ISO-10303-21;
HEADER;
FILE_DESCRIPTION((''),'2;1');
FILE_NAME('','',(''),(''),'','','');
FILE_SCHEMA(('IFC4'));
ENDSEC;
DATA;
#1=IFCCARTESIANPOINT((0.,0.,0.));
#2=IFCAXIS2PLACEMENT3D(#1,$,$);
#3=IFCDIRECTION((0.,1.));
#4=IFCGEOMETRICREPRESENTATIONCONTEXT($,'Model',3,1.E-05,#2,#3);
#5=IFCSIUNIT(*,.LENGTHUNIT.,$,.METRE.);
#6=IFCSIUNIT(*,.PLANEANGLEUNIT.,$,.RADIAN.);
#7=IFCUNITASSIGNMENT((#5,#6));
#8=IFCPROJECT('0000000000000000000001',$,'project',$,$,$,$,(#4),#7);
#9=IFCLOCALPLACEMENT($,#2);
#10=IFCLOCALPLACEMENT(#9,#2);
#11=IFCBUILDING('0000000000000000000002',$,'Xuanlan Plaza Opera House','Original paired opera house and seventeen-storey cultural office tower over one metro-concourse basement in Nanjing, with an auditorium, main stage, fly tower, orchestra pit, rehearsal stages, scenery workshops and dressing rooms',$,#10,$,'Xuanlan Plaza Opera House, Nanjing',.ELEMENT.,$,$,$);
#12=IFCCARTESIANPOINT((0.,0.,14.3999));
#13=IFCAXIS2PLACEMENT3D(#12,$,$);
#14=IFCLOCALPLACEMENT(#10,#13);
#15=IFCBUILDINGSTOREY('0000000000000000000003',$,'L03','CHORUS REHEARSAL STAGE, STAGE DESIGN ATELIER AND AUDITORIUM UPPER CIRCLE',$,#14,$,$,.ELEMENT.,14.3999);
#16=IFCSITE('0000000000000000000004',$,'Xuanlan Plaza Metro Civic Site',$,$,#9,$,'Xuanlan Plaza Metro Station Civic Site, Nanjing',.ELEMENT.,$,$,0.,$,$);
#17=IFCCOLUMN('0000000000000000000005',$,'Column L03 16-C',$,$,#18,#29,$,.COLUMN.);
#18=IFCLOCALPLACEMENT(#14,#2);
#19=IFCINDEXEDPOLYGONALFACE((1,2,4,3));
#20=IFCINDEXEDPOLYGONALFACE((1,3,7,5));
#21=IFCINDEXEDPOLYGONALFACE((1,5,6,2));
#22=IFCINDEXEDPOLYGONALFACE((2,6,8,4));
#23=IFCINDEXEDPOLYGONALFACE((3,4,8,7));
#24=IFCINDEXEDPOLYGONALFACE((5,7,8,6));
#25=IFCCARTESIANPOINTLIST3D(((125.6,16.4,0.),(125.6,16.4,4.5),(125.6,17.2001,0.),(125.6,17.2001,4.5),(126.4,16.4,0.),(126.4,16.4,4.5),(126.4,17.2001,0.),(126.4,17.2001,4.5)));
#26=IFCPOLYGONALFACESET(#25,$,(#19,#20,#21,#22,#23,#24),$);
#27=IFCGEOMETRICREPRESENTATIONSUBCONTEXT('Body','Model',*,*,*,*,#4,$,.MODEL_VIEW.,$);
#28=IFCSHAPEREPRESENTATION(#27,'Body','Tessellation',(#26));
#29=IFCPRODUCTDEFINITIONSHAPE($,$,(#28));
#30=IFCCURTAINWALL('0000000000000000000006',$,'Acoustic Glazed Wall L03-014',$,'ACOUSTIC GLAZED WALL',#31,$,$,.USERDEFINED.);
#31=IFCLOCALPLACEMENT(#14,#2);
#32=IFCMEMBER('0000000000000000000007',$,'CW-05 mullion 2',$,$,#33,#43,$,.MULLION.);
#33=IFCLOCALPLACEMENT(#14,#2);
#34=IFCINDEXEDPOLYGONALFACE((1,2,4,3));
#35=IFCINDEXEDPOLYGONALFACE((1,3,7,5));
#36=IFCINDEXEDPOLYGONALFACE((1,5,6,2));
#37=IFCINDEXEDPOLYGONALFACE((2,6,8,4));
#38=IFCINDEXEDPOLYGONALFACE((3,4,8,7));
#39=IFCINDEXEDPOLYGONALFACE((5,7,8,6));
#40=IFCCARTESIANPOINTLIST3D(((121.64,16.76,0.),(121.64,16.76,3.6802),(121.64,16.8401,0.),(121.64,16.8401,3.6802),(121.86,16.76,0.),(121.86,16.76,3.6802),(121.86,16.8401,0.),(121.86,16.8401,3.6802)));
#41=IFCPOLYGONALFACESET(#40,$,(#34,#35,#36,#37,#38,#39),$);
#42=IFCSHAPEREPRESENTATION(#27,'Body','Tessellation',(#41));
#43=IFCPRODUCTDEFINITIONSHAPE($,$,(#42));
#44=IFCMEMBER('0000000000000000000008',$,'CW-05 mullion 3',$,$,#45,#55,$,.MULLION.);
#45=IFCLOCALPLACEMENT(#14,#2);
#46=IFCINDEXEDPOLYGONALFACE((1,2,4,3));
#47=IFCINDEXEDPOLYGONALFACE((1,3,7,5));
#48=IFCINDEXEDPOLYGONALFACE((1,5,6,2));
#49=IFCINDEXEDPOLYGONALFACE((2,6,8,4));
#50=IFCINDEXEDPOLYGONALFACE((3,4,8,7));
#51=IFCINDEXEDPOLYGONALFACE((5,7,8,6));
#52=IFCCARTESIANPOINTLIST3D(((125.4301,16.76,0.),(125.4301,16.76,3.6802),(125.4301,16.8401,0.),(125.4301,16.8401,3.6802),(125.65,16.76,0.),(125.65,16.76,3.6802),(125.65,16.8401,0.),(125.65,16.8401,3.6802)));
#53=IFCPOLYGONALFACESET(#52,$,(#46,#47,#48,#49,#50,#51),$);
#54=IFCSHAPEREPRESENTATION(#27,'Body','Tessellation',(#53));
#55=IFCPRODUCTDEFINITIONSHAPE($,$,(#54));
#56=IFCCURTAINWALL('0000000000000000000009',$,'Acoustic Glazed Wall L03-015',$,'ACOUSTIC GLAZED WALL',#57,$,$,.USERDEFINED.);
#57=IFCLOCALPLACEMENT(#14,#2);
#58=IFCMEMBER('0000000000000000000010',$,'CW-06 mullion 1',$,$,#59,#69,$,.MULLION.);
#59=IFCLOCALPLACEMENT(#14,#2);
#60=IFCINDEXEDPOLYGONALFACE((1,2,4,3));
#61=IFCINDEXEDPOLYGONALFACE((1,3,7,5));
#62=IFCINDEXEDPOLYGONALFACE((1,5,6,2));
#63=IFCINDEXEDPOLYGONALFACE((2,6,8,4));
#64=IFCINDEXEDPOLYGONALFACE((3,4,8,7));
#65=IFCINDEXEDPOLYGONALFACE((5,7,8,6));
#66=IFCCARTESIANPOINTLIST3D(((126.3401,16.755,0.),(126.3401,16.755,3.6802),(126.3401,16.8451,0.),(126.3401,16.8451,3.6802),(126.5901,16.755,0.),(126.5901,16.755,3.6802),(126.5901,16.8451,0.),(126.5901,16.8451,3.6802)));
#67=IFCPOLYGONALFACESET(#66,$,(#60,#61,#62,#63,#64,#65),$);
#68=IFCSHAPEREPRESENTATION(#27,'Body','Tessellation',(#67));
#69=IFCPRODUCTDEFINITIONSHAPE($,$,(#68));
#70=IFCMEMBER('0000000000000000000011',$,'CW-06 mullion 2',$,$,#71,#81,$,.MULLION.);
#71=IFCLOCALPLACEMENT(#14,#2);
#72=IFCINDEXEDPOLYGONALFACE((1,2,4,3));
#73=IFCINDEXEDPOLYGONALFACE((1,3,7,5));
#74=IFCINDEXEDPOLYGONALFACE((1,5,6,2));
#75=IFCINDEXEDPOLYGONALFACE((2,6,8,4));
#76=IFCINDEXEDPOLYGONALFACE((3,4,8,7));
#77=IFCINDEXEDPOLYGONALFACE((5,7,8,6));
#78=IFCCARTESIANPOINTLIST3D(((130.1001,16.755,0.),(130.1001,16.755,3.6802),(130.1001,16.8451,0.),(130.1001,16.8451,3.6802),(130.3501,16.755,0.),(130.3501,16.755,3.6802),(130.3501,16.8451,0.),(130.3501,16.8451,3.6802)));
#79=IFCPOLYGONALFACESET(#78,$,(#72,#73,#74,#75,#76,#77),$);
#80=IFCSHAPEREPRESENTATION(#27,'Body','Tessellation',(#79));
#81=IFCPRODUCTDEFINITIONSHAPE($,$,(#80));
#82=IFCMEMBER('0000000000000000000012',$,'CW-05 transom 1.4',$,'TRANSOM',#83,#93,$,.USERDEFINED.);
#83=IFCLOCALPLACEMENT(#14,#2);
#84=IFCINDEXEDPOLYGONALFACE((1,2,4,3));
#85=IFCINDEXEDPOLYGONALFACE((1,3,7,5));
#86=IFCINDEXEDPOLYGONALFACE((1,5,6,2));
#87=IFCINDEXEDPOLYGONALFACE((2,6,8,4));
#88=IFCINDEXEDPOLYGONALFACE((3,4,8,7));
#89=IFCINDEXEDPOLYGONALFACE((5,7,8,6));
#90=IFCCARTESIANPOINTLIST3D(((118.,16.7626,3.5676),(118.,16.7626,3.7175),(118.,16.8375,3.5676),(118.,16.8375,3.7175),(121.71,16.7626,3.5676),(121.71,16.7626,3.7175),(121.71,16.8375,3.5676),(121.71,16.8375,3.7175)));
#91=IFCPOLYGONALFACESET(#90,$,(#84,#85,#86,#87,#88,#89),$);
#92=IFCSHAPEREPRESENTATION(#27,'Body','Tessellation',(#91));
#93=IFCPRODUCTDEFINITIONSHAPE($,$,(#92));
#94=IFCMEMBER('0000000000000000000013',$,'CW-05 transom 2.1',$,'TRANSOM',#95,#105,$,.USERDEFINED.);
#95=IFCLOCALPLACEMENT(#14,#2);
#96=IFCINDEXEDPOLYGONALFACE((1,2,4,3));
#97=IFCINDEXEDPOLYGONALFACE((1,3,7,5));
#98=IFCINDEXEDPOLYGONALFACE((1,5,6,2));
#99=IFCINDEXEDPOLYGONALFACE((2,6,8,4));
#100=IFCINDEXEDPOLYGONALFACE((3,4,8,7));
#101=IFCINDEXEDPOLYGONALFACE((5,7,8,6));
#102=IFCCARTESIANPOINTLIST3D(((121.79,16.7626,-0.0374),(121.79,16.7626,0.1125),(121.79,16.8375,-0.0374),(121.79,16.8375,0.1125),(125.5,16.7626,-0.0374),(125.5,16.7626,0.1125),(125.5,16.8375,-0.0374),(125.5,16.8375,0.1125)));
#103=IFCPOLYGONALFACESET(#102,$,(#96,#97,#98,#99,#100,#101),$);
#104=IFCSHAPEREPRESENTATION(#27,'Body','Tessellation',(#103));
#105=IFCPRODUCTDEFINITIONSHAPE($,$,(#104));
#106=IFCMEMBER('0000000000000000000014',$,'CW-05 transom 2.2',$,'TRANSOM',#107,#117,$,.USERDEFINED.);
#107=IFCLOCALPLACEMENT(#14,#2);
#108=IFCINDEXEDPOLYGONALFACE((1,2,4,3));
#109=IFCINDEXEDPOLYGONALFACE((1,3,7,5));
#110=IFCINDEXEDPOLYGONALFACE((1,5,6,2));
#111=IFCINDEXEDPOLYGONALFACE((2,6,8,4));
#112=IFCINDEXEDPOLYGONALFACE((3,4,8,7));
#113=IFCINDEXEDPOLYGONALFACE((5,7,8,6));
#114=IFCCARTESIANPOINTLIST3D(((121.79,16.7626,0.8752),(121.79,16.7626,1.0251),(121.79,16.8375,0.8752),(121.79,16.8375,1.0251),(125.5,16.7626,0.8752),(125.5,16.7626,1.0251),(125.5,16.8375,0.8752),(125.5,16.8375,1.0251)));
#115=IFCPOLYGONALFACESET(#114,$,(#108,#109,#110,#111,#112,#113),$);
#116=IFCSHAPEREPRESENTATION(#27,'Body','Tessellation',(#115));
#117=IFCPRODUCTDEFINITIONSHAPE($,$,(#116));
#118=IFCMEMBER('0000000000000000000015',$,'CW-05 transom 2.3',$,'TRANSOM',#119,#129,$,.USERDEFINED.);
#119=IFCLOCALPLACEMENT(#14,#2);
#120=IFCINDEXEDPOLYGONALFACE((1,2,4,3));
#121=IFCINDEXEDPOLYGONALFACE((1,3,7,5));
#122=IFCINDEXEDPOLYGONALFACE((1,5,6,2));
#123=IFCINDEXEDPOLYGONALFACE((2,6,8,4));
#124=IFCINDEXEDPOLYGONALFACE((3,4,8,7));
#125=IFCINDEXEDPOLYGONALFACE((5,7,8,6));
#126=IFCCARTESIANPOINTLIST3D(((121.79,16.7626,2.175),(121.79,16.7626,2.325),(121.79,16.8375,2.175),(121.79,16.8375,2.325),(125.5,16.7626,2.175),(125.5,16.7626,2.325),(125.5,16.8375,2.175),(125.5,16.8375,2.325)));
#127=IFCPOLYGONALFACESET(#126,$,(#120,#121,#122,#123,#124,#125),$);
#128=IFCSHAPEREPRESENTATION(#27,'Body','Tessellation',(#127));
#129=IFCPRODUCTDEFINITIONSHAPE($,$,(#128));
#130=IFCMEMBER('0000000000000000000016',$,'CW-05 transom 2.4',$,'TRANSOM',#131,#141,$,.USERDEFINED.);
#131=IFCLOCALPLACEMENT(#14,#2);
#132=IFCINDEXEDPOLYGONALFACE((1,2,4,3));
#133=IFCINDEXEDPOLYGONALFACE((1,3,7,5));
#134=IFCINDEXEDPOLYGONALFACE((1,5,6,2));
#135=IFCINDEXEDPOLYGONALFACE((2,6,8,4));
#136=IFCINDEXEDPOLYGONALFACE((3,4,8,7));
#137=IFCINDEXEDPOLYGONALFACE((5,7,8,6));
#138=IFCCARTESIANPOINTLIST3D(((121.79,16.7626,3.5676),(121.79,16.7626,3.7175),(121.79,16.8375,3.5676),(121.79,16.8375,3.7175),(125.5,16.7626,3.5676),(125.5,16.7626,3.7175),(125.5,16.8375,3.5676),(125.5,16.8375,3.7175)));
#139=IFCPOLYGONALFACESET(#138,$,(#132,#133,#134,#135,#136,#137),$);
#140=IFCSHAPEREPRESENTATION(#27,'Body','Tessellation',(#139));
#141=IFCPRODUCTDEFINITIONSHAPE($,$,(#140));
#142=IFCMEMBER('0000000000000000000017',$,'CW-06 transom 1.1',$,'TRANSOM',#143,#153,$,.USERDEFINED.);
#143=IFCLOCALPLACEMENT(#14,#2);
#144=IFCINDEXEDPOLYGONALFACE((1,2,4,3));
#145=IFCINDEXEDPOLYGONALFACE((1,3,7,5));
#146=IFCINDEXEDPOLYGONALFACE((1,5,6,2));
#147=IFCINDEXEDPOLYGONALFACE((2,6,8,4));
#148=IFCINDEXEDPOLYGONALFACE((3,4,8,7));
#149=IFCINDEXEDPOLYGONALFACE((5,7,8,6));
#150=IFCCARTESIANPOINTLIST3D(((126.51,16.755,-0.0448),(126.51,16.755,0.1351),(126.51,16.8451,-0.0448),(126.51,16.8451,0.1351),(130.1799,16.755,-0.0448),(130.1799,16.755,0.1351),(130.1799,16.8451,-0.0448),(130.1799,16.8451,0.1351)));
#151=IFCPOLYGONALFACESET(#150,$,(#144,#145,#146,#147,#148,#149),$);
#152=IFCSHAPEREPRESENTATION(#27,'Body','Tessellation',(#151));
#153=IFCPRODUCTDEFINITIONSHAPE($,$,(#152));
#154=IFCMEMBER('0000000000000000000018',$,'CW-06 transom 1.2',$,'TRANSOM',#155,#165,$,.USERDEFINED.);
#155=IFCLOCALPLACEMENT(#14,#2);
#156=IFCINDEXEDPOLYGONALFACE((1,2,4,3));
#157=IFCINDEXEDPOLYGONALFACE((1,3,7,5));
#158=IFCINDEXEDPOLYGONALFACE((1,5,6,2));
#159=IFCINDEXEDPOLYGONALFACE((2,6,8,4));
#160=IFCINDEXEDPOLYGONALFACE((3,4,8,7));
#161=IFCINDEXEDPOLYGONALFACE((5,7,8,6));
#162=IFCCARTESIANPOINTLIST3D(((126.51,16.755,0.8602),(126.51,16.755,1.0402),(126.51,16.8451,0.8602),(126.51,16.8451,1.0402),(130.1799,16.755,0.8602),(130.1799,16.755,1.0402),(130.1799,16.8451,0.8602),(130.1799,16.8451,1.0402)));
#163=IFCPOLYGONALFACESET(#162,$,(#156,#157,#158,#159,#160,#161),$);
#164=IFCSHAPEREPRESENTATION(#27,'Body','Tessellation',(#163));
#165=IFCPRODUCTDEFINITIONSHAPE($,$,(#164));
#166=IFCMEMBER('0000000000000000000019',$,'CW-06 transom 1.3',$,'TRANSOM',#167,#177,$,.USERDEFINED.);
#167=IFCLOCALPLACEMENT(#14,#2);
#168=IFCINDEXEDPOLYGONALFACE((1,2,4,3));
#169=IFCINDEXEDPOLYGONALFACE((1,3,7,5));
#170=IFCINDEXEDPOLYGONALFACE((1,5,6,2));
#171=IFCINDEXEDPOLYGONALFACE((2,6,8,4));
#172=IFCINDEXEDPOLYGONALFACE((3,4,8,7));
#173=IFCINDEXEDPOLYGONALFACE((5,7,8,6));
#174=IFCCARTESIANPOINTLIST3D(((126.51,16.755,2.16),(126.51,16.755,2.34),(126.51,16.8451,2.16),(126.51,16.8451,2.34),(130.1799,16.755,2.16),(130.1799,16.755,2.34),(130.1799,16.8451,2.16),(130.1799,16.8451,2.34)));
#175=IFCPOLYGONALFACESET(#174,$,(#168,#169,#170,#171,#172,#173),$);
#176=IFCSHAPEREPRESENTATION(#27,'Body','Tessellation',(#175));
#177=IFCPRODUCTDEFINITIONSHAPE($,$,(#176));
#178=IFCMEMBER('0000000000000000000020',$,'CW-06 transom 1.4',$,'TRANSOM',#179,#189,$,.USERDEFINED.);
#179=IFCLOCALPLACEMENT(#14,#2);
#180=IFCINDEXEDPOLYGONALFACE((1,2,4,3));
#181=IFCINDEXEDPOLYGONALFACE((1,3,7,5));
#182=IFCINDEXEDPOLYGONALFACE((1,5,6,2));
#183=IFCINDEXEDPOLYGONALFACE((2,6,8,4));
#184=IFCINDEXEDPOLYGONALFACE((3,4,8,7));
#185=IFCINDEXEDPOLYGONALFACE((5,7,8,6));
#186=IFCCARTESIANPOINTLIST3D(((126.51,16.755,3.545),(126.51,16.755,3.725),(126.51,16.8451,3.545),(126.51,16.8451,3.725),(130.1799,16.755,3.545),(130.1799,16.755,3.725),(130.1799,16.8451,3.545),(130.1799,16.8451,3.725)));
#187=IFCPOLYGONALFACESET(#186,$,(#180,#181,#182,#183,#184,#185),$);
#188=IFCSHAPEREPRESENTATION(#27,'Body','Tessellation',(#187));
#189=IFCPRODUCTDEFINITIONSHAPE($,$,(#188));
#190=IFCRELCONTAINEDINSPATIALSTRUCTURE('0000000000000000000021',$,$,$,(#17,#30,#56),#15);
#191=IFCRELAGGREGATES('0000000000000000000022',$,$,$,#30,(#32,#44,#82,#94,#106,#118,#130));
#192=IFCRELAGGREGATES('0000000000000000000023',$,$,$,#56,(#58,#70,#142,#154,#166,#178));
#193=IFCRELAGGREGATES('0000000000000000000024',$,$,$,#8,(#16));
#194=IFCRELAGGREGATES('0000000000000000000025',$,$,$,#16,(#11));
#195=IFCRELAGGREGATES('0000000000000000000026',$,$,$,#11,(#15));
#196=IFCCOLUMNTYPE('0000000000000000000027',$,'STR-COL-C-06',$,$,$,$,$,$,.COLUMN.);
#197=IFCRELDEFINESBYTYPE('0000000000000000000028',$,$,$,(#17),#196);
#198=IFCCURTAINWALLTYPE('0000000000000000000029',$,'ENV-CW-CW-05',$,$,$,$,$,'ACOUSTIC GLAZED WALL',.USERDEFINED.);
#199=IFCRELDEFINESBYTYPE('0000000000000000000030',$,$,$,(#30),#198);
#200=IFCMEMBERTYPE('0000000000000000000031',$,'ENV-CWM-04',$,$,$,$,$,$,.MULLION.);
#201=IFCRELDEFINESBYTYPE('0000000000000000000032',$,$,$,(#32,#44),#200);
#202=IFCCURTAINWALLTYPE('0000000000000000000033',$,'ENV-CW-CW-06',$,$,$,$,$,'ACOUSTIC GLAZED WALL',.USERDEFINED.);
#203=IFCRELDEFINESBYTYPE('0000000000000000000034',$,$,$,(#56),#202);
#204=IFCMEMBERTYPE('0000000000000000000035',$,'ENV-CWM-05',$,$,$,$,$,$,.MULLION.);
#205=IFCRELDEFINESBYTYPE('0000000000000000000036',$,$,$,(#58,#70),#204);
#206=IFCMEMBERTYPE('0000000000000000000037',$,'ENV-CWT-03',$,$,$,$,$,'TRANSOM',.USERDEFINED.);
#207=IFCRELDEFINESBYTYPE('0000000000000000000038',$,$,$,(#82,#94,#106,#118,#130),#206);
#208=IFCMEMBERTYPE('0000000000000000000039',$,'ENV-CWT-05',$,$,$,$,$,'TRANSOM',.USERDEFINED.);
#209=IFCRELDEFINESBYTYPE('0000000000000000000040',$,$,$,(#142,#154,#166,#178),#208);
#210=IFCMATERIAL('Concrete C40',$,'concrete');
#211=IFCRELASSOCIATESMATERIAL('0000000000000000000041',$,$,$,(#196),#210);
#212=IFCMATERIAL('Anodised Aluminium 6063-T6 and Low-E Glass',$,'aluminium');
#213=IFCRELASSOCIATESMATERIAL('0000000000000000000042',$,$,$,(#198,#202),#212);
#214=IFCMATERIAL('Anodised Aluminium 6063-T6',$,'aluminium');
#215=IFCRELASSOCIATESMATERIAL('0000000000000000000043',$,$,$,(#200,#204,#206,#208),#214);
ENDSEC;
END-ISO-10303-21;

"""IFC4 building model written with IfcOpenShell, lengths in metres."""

from ifc_helpers import new_model, si_unit, direction, frame, origin, origin_2d, place, context, subcontext, project, spatial, rectangle, extrude, material, material_profile, profile_set, type_object, element, aggregate, save


model = new_model("IFC4")

# Units and contexts
model_context = context("Model", 3, precision=1e-05, world=origin(), true_north=direction((0.0, 1.0)))
body_context = subcontext(model_context, "Body", "Model", "MODEL_VIEW")
ifc_project = project(units=[si_unit("LENGTHUNIT", "METRE"), si_unit("PLANEANGLEUNIT", "RADIAN")], contexts=[model_context])

# Site, building, storey
site_placement = place(None, origin())
site = spatial("IfcSite", under=ifc_project, at=site_placement, Name="Xuanlan Plaza Metro Civic Site", LongName="Xuanlan Plaza Metro Station Civic Site, Nanjing", CompositionType="ELEMENT", RefElevation=0.0)
building_placement = place(site_placement, origin())
building = spatial("IfcBuilding", under=site, at=building_placement, Name="Xuanlan Plaza Opera House", Description="Original paired opera house and seventeen-storey cultural office tower over one metro-concourse basement in Nanjing, with an auditorium, main stage, fly tower, orchestra pit, rehearsal stages, scenery workshops and dressing rooms", LongName="Xuanlan Plaza Opera House, Nanjing", CompositionType="ELEMENT")
storey_placement = place(building_placement, frame((0.0, 0.0, 14.3999)))
storey = spatial("IfcBuildingStorey", under=building, at=storey_placement, Name="L03", Description="CHORUS REHEARSAL STAGE, STAGE DESIGN ATELIER AND AUDITORIUM UPPER CIRCLE", CompositionType="ELEMENT", Elevation=14.3999)

# Column
ifc_material_1 = material(Name="Concrete C40", Category="concrete")
ifc_material_profile_1 = material_profile(ifc_material_1, rectangle(XDim=0.8, YDim=0.8, at=origin_2d()), Name="RC-COL 800x800")
ifc_profile_set_1 = profile_set([ifc_material_profile_1], Name="Concrete C40")
column_type = type_object("IfcColumnType", Name="STR-COL-C-06", PredefinedType="COLUMN", material=ifc_profile_set_1)
column_placement = place(storey_placement, frame((126.0, 16.8, 0.0), z_axis=(0.0, 0.0, 1.0), x_axis=(1.0, 0.0, 0.0)))
element("IfcColumn", 1, at=column_placement, inside=storey, type_object=column_type, Name="Column L03 16-C", PredefinedType="COLUMN", context=body_context, shape_type="SweptSolid", body=[
    extrude(rectangle(XDim=0.8, YDim=0.8, at=origin_2d()), origin(), (0.0, 0.0, 1.0), 4.5),
])

# Curtain walls, members
ifc_material_2 = material(Name="Anodised Aluminium 6063-T6 and Low-E Glass", Category="aluminium")
curtain_wall_type_1 = type_object("IfcCurtainWallType", Name="ENV-CW-CW-05", ElementType="ACOUSTIC GLAZED WALL", PredefinedType="USERDEFINED", material=ifc_material_2)
curtain_wall_1_placement = place(storey_placement, origin())
curtain_wall_1 = element("IfcCurtainWall", 2, at=curtain_wall_1_placement, inside=storey, type_object=curtain_wall_type_1, Name="Acoustic Glazed Wall L03-014", ObjectType="ACOUSTIC GLAZED WALL", PredefinedType="USERDEFINED")
ifc_material_3 = material(Name="Anodised Aluminium 6063-T6", Category="aluminium")
ifc_material_profile_2 = material_profile(ifc_material_3, rectangle(XDim=0.0801, YDim=0.22, at=origin_2d()), Name="ALU-M 80x220")
ifc_profile_set_2 = profile_set([ifc_material_profile_2], Name="Anodised Aluminium 6063-T6")
member_type_1 = type_object("IfcMemberType", Name="ENV-CWM-04", PredefinedType="MULLION", material=ifc_profile_set_2)
member_1_placement = place(storey_placement, frame((121.75, 16.8, 0.0), z_axis=(0.0, 0.0, 1.0), x_axis=(0.0, 1.0, 0.0)))
member_1 = element("IfcMember", 3, at=member_1_placement, type_object=member_type_1, Name="CW-05 mullion 2", PredefinedType="MULLION", context=body_context, shape_type="SweptSolid", body=[
    extrude(rectangle(XDim=0.0801, YDim=0.22, at=origin_2d()), origin(), (0.0, 0.0, 1.0), 3.6802),
])
member_2_placement = place(storey_placement, frame((125.54, 16.8, 0.0), z_axis=(0.0, 0.0, 1.0), x_axis=(0.0, 1.0, 0.0)))
member_2 = element("IfcMember", 4, at=member_2_placement, type_object=member_type_1, Name="CW-05 mullion 3", PredefinedType="MULLION", context=body_context, shape_type="SweptSolid", body=[
    extrude(rectangle(XDim=0.0801, YDim=0.22, at=origin_2d()), origin(), (0.0, 0.0, 1.0), 3.6802),
])
curtain_wall_type_2 = type_object("IfcCurtainWallType", Name="ENV-CW-CW-06", ElementType="ACOUSTIC GLAZED WALL", PredefinedType="USERDEFINED", material=ifc_material_2)
curtain_wall_2_placement = place(storey_placement, origin())
curtain_wall_2 = element("IfcCurtainWall", 5, at=curtain_wall_2_placement, inside=storey, type_object=curtain_wall_type_2, Name="Acoustic Glazed Wall L03-015", ObjectType="ACOUSTIC GLAZED WALL", PredefinedType="USERDEFINED")
ifc_material_profile_3 = material_profile(ifc_material_3, rectangle(XDim=0.0901, YDim=0.25, at=origin_2d()), Name="ALU-M 90x250")
ifc_profile_set_3 = profile_set([ifc_material_profile_3], Name="Anodised Aluminium 6063-T6")
member_type_2 = type_object("IfcMemberType", Name="ENV-CWM-05", PredefinedType="MULLION", material=ifc_profile_set_3)
member_3_placement = place(storey_placement, frame((126.4651, 16.8, 0.0), z_axis=(0.0, 0.0, 1.0), x_axis=(0.0, 1.0, 0.0)))
member_3 = element("IfcMember", 6, at=member_3_placement, type_object=member_type_2, Name="CW-06 mullion 1", PredefinedType="MULLION", context=body_context, shape_type="SweptSolid", body=[
    extrude(rectangle(XDim=0.0901, YDim=0.25, at=origin_2d()), origin(), (0.0, 0.0, 1.0), 3.6802),
])
member_4_placement = place(storey_placement, frame((130.2251, 16.8, 0.0), z_axis=(0.0, 0.0, 1.0), x_axis=(0.0, 1.0, 0.0)))
member_4 = element("IfcMember", 7, at=member_4_placement, type_object=member_type_2, Name="CW-06 mullion 2", PredefinedType="MULLION", context=body_context, shape_type="SweptSolid", body=[
    extrude(rectangle(XDim=0.0901, YDim=0.25, at=origin_2d()), origin(), (0.0, 0.0, 1.0), 3.6802),
])

# Members
ifc_material_profile_4 = material_profile(ifc_material_3, rectangle(XDim=0.075, YDim=0.1499, at=origin_2d()), Name="ALU-T 75x150")
ifc_profile_set_4 = profile_set([ifc_material_profile_4], Name="Anodised Aluminium 6063-T6")
member_type_3 = type_object("IfcMemberType", Name="ENV-CWT-03", ElementType="TRANSOM", PredefinedType="USERDEFINED", material=ifc_profile_set_4)
member_5_placement = place(storey_placement, frame((118.0, 16.8, 3.6426), z_axis=(1.0, 0.0, 0.0), x_axis=(0.0, 1.0, 0.0)))
member_5 = element("IfcMember", 8, at=member_5_placement, type_object=member_type_3, Name="CW-05 transom 1.4", ObjectType="TRANSOM", PredefinedType="USERDEFINED", context=body_context, shape_type="SweptSolid", body=[
    extrude(rectangle(XDim=0.075, YDim=0.1499, at=origin_2d()), origin(), (0.0, 0.0, 1.0), 3.71),
])
member_6_placement = place(storey_placement, frame((121.79, 16.8, 0.0376), z_axis=(1.0, 0.0, 0.0), x_axis=(0.0, 1.0, 0.0)))
member_6 = element("IfcMember", 9, at=member_6_placement, type_object=member_type_3, Name="CW-05 transom 2.1", ObjectType="TRANSOM", PredefinedType="USERDEFINED", context=body_context, shape_type="SweptSolid", body=[
    extrude(rectangle(XDim=0.075, YDim=0.1499, at=origin_2d()), origin(), (0.0, 0.0, 1.0), 3.71),
])
member_7_placement = place(storey_placement, frame((121.79, 16.8, 0.9502), z_axis=(1.0, 0.0, 0.0), x_axis=(0.0, 1.0, 0.0)))
member_7 = element("IfcMember", 10, at=member_7_placement, type_object=member_type_3, Name="CW-05 transom 2.2", ObjectType="TRANSOM", PredefinedType="USERDEFINED", context=body_context, shape_type="SweptSolid", body=[
    extrude(rectangle(XDim=0.075, YDim=0.1499, at=origin_2d()), origin(), (0.0, 0.0, 1.0), 3.71),
])
member_8_placement = place(storey_placement, frame((121.79, 16.8, 2.25), z_axis=(1.0, 0.0, 0.0), x_axis=(0.0, 1.0, 0.0)))
member_8 = element("IfcMember", 11, at=member_8_placement, type_object=member_type_3, Name="CW-05 transom 2.3", ObjectType="TRANSOM", PredefinedType="USERDEFINED", context=body_context, shape_type="SweptSolid", body=[
    extrude(rectangle(XDim=0.075, YDim=0.1499, at=origin_2d()), origin(), (0.0, 0.0, 1.0), 3.71),
])
member_9_placement = place(storey_placement, frame((121.79, 16.8, 3.6426), z_axis=(1.0, 0.0, 0.0), x_axis=(0.0, 1.0, 0.0)))
member_9 = element("IfcMember", 12, at=member_9_placement, type_object=member_type_3, Name="CW-05 transom 2.4", ObjectType="TRANSOM", PredefinedType="USERDEFINED", context=body_context, shape_type="SweptSolid", body=[
    extrude(rectangle(XDim=0.075, YDim=0.1499, at=origin_2d()), origin(), (0.0, 0.0, 1.0), 3.71),
])
ifc_material_profile_5 = material_profile(ifc_material_3, rectangle(XDim=0.0901, YDim=0.1799, at=origin_2d()), Name="ALU-T 90x180")
ifc_profile_set_5 = profile_set([ifc_material_profile_5], Name="Anodised Aluminium 6063-T6")
member_type_4 = type_object("IfcMemberType", Name="ENV-CWT-05", ElementType="TRANSOM", PredefinedType="USERDEFINED", material=ifc_profile_set_5)
member_10_placement = place(storey_placement, frame((126.51, 16.8, 0.0452), z_axis=(1.0, 0.0, 0.0), x_axis=(0.0, 1.0, 0.0)))
member_10 = element("IfcMember", 13, at=member_10_placement, type_object=member_type_4, Name="CW-06 transom 1.1", ObjectType="TRANSOM", PredefinedType="USERDEFINED", context=body_context, shape_type="SweptSolid", body=[
    extrude(rectangle(XDim=0.0901, YDim=0.1799, at=origin_2d()), origin(), (0.0, 0.0, 1.0), 3.6699),
])
member_11_placement = place(storey_placement, frame((126.51, 16.8, 0.9502), z_axis=(1.0, 0.0, 0.0), x_axis=(0.0, 1.0, 0.0)))
member_11 = element("IfcMember", 14, at=member_11_placement, type_object=member_type_4, Name="CW-06 transom 1.2", ObjectType="TRANSOM", PredefinedType="USERDEFINED", context=body_context, shape_type="SweptSolid", body=[
    extrude(rectangle(XDim=0.0901, YDim=0.1799, at=origin_2d()), origin(), (0.0, 0.0, 1.0), 3.6699),
])
member_12_placement = place(storey_placement, frame((126.51, 16.8, 2.25), z_axis=(1.0, 0.0, 0.0), x_axis=(0.0, 1.0, 0.0)))
member_12 = element("IfcMember", 15, at=member_12_placement, type_object=member_type_4, Name="CW-06 transom 1.3", ObjectType="TRANSOM", PredefinedType="USERDEFINED", context=body_context, shape_type="SweptSolid", body=[
    extrude(rectangle(XDim=0.0901, YDim=0.1799, at=origin_2d()), origin(), (0.0, 0.0, 1.0), 3.6699),
])
member_13_placement = place(storey_placement, frame((126.51, 16.8, 3.635), z_axis=(1.0, 0.0, 0.0), x_axis=(0.0, 1.0, 0.0)))
member_13 = element("IfcMember", 16, at=member_13_placement, type_object=member_type_4, Name="CW-06 transom 1.4", ObjectType="TRANSOM", PredefinedType="USERDEFINED", context=body_context, shape_type="SweptSolid", body=[
    extrude(rectangle(XDim=0.0901, YDim=0.1799, at=origin_2d()), origin(), (0.0, 0.0, 1.0), 3.6699),
])

aggregate(curtain_wall_1, [member_1, member_2, member_5, member_6, member_7, member_8, member_9])
aggregate(curtain_wall_2, [member_3, member_4, member_10, member_11, member_12, member_13])

save(model, "model.ifc")
